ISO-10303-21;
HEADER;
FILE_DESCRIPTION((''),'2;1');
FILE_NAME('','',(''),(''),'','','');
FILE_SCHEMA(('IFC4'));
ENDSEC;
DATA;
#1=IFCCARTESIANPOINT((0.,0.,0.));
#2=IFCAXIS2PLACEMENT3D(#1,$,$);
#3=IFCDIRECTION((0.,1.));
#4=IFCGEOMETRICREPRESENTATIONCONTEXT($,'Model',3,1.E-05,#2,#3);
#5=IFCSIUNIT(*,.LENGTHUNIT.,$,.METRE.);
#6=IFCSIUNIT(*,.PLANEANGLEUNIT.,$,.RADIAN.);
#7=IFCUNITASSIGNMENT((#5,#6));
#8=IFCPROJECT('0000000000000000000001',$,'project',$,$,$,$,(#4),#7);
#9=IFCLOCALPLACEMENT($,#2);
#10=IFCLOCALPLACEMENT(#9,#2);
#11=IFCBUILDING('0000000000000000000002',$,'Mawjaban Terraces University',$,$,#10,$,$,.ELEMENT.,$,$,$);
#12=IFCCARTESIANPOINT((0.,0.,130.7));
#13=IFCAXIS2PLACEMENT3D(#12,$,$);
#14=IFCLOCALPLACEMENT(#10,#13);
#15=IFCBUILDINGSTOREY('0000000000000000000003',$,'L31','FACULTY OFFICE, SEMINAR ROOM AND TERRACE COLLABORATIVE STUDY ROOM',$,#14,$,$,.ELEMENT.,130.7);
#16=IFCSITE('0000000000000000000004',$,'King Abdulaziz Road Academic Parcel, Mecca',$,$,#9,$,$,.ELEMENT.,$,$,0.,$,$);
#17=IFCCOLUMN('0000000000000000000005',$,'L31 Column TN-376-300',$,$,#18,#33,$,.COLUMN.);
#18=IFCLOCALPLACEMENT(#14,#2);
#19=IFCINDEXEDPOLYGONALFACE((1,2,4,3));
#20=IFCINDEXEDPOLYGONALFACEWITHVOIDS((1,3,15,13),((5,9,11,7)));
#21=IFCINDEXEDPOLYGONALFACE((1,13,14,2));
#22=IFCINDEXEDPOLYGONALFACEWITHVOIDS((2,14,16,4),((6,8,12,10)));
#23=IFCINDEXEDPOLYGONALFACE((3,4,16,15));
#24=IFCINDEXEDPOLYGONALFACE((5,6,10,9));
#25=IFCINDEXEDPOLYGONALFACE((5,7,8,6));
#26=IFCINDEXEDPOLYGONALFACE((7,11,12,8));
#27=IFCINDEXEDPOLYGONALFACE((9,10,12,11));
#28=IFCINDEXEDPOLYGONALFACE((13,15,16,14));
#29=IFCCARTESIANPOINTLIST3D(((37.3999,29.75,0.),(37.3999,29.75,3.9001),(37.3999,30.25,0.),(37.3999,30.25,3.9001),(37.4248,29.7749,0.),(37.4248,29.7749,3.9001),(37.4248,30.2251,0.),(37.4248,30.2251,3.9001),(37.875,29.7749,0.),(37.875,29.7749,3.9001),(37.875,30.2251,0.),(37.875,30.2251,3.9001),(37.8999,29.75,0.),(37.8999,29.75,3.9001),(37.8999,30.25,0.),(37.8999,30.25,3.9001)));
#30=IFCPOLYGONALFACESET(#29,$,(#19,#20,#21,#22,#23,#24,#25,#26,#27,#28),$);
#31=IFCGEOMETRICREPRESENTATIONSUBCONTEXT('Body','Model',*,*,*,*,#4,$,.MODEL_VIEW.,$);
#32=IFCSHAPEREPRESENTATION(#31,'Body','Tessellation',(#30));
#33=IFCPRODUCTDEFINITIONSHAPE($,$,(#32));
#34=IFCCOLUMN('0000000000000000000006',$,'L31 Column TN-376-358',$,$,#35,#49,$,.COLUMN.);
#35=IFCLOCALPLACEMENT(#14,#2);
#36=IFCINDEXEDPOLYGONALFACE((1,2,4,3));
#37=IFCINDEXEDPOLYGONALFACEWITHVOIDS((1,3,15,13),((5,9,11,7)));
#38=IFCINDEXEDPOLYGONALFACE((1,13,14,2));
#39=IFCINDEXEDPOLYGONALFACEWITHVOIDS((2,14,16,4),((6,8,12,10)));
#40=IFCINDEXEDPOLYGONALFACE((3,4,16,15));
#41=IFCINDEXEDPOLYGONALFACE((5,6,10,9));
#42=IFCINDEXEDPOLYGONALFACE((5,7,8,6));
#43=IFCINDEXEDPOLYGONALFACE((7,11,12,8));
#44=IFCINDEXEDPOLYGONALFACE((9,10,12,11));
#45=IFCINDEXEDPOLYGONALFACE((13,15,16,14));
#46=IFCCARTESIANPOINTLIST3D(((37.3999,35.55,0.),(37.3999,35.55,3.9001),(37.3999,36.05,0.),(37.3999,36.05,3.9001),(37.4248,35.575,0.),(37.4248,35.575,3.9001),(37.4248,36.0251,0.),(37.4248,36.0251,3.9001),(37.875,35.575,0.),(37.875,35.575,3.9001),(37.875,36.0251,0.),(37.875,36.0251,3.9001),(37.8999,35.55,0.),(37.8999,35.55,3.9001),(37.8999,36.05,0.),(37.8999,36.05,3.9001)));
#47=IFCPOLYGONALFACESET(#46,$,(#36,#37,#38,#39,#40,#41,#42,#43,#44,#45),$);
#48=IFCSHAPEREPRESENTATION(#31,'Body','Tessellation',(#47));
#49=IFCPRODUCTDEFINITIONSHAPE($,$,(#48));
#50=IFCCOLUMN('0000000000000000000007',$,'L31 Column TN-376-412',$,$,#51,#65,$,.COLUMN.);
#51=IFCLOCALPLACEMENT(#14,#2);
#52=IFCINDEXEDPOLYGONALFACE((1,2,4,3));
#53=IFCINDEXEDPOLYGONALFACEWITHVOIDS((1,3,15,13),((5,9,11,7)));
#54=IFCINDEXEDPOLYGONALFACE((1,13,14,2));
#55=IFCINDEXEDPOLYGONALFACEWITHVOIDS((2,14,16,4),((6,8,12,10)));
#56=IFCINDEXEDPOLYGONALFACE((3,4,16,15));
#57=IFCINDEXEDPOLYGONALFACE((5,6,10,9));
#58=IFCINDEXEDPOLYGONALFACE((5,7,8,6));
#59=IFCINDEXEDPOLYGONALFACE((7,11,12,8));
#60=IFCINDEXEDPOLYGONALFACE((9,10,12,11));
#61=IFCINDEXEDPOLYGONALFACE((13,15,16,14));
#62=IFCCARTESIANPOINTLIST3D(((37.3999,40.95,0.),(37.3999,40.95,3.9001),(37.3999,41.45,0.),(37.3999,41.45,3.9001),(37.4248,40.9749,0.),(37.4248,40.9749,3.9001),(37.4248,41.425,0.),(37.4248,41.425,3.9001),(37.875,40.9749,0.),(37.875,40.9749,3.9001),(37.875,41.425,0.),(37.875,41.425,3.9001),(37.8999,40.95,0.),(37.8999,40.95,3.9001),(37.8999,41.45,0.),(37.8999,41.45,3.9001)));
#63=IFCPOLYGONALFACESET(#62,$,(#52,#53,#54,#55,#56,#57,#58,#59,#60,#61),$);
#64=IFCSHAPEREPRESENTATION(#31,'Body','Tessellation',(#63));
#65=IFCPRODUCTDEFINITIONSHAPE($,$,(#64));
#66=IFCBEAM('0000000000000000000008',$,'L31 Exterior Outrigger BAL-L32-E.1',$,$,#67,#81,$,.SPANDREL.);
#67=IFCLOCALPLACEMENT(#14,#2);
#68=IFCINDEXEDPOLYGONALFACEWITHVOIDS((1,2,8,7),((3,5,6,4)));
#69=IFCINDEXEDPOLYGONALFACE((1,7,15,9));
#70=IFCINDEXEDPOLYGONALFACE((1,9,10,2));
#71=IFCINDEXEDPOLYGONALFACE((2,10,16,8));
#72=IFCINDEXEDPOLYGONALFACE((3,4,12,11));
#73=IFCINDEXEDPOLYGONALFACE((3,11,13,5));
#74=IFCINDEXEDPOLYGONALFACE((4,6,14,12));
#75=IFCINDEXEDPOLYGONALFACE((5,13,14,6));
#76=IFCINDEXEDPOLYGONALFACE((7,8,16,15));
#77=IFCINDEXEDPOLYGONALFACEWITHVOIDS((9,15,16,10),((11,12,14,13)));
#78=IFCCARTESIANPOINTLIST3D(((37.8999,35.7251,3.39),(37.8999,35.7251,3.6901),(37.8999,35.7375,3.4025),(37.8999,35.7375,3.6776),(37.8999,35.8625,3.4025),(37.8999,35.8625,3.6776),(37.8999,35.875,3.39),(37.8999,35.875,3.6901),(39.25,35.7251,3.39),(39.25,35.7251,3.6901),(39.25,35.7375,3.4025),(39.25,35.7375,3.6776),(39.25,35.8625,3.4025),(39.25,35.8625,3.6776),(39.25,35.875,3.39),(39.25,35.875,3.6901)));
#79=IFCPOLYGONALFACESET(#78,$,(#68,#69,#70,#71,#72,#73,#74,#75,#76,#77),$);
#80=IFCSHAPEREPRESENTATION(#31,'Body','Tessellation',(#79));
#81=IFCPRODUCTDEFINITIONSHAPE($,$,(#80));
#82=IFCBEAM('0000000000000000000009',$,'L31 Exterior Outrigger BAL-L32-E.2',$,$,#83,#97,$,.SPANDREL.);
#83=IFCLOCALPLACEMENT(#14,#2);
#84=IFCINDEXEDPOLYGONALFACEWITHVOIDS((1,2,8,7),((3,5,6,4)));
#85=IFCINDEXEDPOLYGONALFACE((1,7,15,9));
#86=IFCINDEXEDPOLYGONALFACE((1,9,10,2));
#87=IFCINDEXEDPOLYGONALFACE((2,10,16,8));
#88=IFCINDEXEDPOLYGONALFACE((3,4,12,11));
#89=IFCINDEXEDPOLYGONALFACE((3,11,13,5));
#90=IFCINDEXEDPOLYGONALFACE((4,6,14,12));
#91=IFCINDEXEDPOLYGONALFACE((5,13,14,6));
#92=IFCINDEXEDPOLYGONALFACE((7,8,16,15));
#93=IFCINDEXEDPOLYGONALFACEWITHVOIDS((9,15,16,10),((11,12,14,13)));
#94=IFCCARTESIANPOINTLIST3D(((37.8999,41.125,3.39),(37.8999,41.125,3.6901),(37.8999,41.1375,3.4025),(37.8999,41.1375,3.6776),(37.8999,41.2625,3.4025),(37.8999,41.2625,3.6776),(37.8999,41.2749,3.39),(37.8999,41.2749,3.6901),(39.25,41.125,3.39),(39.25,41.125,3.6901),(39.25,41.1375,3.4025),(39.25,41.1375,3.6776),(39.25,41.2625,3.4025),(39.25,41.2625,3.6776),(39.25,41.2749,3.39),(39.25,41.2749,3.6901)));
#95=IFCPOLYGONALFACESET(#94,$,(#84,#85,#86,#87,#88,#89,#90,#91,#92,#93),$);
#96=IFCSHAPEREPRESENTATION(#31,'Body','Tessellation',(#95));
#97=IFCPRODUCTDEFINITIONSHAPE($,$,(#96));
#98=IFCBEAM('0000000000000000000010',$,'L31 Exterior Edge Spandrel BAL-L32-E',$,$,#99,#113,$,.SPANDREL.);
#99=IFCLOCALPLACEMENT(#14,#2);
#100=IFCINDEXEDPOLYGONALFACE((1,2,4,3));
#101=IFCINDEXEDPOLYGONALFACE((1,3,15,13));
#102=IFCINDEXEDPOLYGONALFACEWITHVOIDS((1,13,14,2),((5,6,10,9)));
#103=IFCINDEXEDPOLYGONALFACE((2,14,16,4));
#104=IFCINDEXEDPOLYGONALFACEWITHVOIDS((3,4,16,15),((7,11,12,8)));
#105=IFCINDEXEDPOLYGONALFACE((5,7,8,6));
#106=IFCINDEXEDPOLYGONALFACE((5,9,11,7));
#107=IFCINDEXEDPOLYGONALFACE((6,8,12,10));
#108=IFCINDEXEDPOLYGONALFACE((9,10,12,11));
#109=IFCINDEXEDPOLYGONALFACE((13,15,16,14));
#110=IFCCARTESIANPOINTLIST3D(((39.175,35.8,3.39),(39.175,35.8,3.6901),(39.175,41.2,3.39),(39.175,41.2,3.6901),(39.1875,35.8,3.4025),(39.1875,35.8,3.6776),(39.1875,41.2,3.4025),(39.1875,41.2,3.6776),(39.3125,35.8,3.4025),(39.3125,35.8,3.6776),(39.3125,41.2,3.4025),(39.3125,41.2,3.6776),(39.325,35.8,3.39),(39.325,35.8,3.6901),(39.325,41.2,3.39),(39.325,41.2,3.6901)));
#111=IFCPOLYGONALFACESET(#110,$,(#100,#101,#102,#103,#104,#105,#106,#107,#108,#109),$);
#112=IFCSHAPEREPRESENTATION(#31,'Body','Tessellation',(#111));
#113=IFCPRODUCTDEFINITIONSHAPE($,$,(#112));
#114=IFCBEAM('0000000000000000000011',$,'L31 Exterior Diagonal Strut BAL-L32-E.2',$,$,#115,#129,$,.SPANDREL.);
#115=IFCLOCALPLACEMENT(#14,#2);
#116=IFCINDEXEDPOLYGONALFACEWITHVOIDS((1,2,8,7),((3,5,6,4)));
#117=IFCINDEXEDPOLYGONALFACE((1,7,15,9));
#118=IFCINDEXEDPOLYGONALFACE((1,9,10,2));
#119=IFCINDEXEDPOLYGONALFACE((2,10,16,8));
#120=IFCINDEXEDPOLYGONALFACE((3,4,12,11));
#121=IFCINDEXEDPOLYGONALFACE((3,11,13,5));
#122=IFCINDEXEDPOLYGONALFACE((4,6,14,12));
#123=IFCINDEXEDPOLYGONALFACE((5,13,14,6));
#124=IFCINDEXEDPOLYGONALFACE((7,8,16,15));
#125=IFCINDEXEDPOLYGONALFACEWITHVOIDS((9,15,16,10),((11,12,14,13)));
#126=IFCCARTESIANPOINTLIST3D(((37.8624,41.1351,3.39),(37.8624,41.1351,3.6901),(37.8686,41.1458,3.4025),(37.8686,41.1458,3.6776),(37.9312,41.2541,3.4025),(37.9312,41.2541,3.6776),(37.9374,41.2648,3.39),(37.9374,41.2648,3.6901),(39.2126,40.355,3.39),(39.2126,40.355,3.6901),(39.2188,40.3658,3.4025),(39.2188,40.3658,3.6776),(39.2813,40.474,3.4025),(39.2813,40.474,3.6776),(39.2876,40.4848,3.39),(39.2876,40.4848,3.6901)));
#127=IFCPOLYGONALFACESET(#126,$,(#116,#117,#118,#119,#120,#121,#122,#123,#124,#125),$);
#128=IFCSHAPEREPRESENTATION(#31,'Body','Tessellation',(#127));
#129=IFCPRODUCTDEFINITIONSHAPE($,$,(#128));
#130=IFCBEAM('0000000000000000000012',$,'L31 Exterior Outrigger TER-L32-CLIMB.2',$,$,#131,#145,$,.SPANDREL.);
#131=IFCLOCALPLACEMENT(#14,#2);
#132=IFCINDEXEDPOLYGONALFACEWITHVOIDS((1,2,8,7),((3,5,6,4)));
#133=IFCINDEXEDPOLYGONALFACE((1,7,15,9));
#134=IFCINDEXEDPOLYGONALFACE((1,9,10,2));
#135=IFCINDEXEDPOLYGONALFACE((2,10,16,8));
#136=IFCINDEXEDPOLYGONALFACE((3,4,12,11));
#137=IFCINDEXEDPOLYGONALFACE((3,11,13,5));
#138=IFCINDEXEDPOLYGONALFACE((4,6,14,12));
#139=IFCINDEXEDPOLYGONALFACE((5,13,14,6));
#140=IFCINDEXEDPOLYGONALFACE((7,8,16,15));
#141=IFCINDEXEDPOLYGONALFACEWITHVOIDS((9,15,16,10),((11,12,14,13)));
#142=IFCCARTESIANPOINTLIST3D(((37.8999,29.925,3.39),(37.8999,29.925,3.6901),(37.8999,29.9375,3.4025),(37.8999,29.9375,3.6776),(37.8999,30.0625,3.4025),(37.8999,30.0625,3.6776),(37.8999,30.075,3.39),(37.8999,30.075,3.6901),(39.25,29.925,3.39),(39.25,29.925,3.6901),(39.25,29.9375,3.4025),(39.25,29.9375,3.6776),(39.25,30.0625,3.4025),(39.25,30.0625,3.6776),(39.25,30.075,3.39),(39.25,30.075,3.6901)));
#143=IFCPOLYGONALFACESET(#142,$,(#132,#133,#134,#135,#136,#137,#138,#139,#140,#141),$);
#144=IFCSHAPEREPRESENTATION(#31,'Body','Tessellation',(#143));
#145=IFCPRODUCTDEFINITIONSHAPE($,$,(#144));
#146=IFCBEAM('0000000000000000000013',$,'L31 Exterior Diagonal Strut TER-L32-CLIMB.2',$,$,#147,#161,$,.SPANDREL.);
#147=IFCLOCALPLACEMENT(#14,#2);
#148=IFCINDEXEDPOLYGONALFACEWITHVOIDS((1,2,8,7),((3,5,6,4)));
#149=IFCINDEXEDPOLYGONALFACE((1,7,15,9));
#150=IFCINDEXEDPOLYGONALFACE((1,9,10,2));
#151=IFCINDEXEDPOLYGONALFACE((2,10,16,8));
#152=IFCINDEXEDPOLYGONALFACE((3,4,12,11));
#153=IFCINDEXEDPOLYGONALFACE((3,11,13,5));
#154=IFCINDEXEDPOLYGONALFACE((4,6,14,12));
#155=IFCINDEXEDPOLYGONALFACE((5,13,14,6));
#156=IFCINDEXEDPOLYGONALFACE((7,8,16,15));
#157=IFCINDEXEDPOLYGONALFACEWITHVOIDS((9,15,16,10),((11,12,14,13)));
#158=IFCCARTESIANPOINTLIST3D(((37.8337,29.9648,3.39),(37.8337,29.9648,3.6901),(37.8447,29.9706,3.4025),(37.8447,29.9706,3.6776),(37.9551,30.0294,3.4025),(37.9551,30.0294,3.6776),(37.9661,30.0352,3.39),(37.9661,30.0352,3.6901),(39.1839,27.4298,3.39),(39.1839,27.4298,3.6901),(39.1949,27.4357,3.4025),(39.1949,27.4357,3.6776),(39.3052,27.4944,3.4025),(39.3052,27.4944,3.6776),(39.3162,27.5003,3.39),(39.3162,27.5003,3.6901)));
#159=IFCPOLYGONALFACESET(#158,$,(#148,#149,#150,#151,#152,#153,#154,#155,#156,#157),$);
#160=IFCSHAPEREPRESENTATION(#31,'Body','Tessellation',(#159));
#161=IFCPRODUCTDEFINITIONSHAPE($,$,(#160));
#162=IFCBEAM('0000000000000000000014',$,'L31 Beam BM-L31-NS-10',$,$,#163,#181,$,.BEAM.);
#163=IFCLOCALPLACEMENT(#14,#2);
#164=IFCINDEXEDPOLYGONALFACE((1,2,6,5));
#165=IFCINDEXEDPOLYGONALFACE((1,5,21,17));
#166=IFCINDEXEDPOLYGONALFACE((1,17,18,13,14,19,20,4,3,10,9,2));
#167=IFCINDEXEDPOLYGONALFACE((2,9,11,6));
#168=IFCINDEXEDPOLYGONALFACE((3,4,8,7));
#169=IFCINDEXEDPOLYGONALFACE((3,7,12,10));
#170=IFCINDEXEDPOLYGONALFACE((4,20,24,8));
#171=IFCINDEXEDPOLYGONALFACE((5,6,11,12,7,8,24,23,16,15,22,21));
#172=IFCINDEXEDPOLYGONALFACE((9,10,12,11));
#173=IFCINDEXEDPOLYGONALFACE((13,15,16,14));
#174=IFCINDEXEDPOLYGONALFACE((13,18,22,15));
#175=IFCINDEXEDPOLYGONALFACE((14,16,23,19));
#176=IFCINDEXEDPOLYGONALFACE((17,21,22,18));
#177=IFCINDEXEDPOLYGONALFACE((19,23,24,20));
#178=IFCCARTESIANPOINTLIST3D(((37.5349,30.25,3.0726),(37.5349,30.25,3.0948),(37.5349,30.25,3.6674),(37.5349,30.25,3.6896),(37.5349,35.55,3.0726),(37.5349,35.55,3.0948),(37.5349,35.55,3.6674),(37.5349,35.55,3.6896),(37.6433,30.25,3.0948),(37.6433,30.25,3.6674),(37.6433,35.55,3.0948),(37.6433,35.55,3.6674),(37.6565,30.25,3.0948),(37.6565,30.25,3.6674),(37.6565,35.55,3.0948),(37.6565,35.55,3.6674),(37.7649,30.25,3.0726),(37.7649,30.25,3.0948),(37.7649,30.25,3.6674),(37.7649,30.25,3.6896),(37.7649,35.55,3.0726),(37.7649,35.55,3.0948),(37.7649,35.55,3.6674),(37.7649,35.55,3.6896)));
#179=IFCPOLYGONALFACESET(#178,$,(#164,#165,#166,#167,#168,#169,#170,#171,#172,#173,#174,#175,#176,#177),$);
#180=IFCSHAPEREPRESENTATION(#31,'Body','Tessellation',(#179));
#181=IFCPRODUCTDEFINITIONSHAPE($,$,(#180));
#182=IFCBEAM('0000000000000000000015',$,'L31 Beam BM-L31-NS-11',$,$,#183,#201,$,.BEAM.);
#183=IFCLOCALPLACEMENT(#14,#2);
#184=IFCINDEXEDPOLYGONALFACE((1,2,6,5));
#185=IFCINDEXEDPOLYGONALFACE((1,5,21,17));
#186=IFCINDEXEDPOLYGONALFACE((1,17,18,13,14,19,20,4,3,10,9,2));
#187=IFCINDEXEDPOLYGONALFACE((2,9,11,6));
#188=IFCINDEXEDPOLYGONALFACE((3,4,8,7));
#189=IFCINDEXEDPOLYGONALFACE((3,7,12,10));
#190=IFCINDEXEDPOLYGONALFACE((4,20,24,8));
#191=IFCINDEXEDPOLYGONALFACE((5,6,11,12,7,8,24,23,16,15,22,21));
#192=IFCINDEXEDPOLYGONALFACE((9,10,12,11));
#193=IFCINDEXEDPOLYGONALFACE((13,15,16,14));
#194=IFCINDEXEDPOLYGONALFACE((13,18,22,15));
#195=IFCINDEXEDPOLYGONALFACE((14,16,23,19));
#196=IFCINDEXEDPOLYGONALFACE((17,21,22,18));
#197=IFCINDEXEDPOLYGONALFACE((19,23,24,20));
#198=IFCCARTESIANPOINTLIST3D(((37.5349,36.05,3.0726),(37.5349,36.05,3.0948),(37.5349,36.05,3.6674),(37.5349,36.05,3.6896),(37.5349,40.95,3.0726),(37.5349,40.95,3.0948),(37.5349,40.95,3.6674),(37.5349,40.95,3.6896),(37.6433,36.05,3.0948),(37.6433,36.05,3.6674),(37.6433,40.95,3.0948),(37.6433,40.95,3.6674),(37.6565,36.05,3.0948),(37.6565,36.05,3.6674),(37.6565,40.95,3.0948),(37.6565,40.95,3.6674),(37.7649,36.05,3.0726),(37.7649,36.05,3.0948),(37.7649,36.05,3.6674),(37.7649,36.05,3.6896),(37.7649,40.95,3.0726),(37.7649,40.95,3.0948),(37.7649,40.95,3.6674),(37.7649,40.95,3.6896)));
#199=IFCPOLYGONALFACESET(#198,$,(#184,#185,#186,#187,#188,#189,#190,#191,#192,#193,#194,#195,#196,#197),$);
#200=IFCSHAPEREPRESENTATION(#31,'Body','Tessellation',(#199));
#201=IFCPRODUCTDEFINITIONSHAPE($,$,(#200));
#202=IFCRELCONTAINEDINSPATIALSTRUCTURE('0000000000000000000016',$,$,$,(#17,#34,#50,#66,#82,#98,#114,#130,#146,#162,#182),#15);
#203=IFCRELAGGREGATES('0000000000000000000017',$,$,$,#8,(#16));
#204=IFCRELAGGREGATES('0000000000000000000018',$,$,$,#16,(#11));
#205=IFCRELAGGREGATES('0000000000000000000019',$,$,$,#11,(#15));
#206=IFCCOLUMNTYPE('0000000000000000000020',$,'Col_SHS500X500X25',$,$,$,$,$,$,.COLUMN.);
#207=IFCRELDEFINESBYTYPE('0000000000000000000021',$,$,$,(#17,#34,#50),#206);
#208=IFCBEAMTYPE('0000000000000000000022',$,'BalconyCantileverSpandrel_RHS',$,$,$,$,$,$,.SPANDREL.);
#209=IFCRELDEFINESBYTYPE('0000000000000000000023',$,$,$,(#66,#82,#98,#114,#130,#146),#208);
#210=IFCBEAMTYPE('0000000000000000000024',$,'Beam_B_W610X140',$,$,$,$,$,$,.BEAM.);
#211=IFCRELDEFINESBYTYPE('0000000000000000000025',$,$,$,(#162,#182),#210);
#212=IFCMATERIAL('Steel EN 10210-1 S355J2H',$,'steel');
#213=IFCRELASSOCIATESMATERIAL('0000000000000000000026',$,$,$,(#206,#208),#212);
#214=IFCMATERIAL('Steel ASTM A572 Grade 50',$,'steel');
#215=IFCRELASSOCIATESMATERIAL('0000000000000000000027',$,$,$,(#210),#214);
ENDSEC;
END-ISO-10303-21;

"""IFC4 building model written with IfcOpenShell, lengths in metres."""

from ifc_helpers import new_model, si_unit, direction, frame, origin, origin_2d, place, context, subcontext, project, spatial, hollow_rectangle, i_section, extrude, material, material_profile, profile_set, type_object, element, save


model = new_model("IFC4")

# Units and contexts
model_context = context("Model", 3, precision=1e-05, world=origin(), true_north=direction((0.0, 1.0)))
body_context = subcontext(model_context, "Body", "Model", "MODEL_VIEW")
ifc_project = project(units=[si_unit("LENGTHUNIT", "METRE"), si_unit("PLANEANGLEUNIT", "RADIAN")], contexts=[model_context])

# Site, building, storey
site_placement = place(None, origin())
site = spatial("IfcSite", under=ifc_project, at=site_placement, Name="King Abdulaziz Road Academic Parcel, Mecca", CompositionType="ELEMENT", RefElevation=0.0)
building_placement = place(site_placement, origin())
building = spatial("IfcBuilding", under=site, at=building_placement, Name="Mawjaban Terraces University", CompositionType="ELEMENT")
storey_placement = place(building_placement, frame((0.0, 0.0, 130.7)))
storey = spatial("IfcBuildingStorey", under=building, at=storey_placement, Name="L31", Description="FACULTY OFFICE, SEMINAR ROOM AND TERRACE COLLABORATIVE STUDY ROOM", CompositionType="ELEMENT", Elevation=130.7)

# Columns
ifc_material_1 = material(Name="Steel EN 10210-1 S355J2H", Category="steel")
ifc_material_profile_1 = material_profile(ifc_material_1, hollow_rectangle(XDim=0.5, YDim=0.5, WallThickness=0.0249, at=origin_2d()), Name="SHS500X500X25")
ifc_profile_set_1 = profile_set([ifc_material_profile_1], Name="Steel EN 10210-1 S355J2H")
column_type = type_object("IfcColumnType", Name="Col_SHS500X500X25", PredefinedType="COLUMN", material=ifc_profile_set_1)
for number, where, z_axis, x_axis, name in (
    (1, (37.6499, 30.0, 0.0), (0.0, 0.0, 1.0), (1.0, 0.0, 0.0), "L31 Column TN-376-300"),
    (2, (37.6499, 35.8, 0.0), (0.0, 0.0, 1.0), (1.0, 0.0, 0.0), "L31 Column TN-376-358"),
    (3, (37.6499, 41.2, 0.0), (0.0, 0.0, 1.0), (1.0, 0.0, 0.0), "L31 Column TN-376-412"),
):
    element("IfcColumn", number, at=place(storey_placement, frame(where, z_axis=z_axis, x_axis=x_axis)), inside=storey, type_object=column_type, Name=name, PredefinedType="COLUMN", context=body_context, shape_type="SweptSolid", body=[
        extrude(hollow_rectangle(XDim=0.5, YDim=0.5, WallThickness=0.0249, at=origin_2d()), origin(), (0.0, 0.0, 1.0), 3.9001),
    ])

# Beams
ifc_material_profile_2 = material_profile(ifc_material_1, hollow_rectangle(XDim=0.1499, YDim=0.3, WallThickness=0.0125, at=origin_2d()), Name="RHS300X150X12.5")
ifc_profile_set_2 = profile_set([ifc_material_profile_2], Name="Steel EN 10210-1 S355J2H")
beam_type_1 = type_object("IfcBeamType", Name="BalconyCantileverSpandrel_RHS", PredefinedType="SPANDREL", material=ifc_profile_set_2)
for number, where, z_axis, x_axis, name in (
    (4, (37.8999, 35.8, 3.54), (1.0, 0.0, 0.0), (0.0, 1.0, 0.0), "L31 Exterior Outrigger BAL-L32-E.1"),
    (5, (37.8999, 41.2, 3.54), (1.0, 0.0, 0.0), (0.0, 1.0, 0.0), "L31 Exterior Outrigger BAL-L32-E.2"),
):
    element("IfcBeam", number, at=place(storey_placement, frame(where, z_axis=z_axis, x_axis=x_axis)), inside=storey, type_object=beam_type_1, Name=name, PredefinedType="SPANDREL", context=body_context, shape_type="SweptSolid", body=[
        extrude(hollow_rectangle(XDim=0.1499, YDim=0.3, WallThickness=0.0125, at=origin_2d()), origin(), (0.0, 0.0, 1.0), 1.3501),
    ])
beam_1_placement = place(storey_placement, frame((39.25, 35.8, 3.54), z_axis=(0.0, 1.0, 0.0), x_axis=(-1.0, 0.0, 0.0)))
element("IfcBeam", 6, at=beam_1_placement, inside=storey, type_object=beam_type_1, Name="L31 Exterior Edge Spandrel BAL-L32-E", PredefinedType="SPANDREL", context=body_context, shape_type="SweptSolid", body=[
    extrude(hollow_rectangle(XDim=0.1499, YDim=0.3, WallThickness=0.0125, at=origin_2d()), origin(), (0.0, 0.0, 1.0), 5.3999),
])
beam_2_placement = place(storey_placement, frame((37.8999, 41.2, 3.54), z_axis=(0.865873, -0.500265, 0.0), x_axis=(0.500265, 0.865873, 0.0)))
element("IfcBeam", 7, at=beam_2_placement, inside=storey, type_object=beam_type_1, Name="L31 Exterior Diagonal Strut BAL-L32-E.2", PredefinedType="SPANDREL", context=body_context, shape_type="SweptSolid", body=[
    extrude(hollow_rectangle(XDim=0.1499, YDim=0.3, WallThickness=0.0125, at=origin_2d()), origin(), (0.0, 0.0, 1.0), 1.5593),
])
beam_3_placement = place(storey_placement, frame((37.8999, 30.0, 3.54), z_axis=(1.0, 0.0, 0.0), x_axis=(0.0, 1.0, 0.0)))
element("IfcBeam", 8, at=beam_3_placement, inside=storey, type_object=beam_type_1, Name="L31 Exterior Outrigger TER-L32-CLIMB.2", PredefinedType="SPANDREL", context=body_context, shape_type="SweptSolid", body=[
    extrude(hollow_rectangle(XDim=0.1499, YDim=0.3, WallThickness=0.0125, at=origin_2d()), origin(), (0.0, 0.0, 1.0), 1.3501),
])
beam_4_placement = place(storey_placement, frame((37.8999, 30.0, 3.54), z_axis=(0.470085, -0.882621, 0.0), x_axis=(0.882621, 0.470085, 0.0)))
element("IfcBeam", 9, at=beam_4_placement, inside=storey, type_object=beam_type_1, Name="L31 Exterior Diagonal Strut TER-L32-CLIMB.2", PredefinedType="SPANDREL", context=body_context, shape_type="SweptSolid", body=[
    extrude(hollow_rectangle(XDim=0.1499, YDim=0.3, WallThickness=0.0125, at=origin_2d()), origin(), (0.0, 0.0, 1.0), 2.8721),
])
ifc_material_2 = material(Name="Steel ASTM A572 Grade 50", Category="steel")
ifc_material_profile_3 = material_profile(ifc_material_2, i_section(OverallWidth=0.23, OverallDepth=0.6169, WebThickness=0.0132, FlangeThickness=0.0222, at=origin_2d()), Name="W610X140")
ifc_profile_set_3 = profile_set([ifc_material_profile_3], Name="Steel ASTM A572 Grade 50")
beam_type_2 = type_object("IfcBeamType", Name="Beam_B_W610X140", PredefinedType="BEAM", material=ifc_profile_set_3)
beam_5_placement = place(storey_placement, frame((37.6499, 30.25, 3.3811), z_axis=(0.0, 1.0, 0.0), x_axis=(-1.0, 0.0, 0.0)))
element("IfcBeam", 10, at=beam_5_placement, inside=storey, type_object=beam_type_2, Name="L31 Beam BM-L31-NS-10", PredefinedType="BEAM", context=body_context, shape_type="SweptSolid", body=[
    extrude(i_section(OverallWidth=0.23, OverallDepth=0.6169, WebThickness=0.0132, FlangeThickness=0.0222, at=origin_2d()), origin(), (0.0, 0.0, 1.0), 5.3),
])
beam_6_placement = place(storey_placement, frame((37.6499, 36.05, 3.3811), z_axis=(0.0, 1.0, 0.0), x_axis=(-1.0, 0.0, 0.0)))
element("IfcBeam", 11, at=beam_6_placement, inside=storey, type_object=beam_type_2, Name="L31 Beam BM-L31-NS-11", PredefinedType="BEAM", context=body_context, shape_type="SweptSolid", body=[
    extrude(i_section(OverallWidth=0.23, OverallDepth=0.6169, WebThickness=0.0132, FlangeThickness=0.0222, at=origin_2d()), origin(), (0.0, 0.0, 1.0), 4.8999),
])

save(model, "model.ifc")
